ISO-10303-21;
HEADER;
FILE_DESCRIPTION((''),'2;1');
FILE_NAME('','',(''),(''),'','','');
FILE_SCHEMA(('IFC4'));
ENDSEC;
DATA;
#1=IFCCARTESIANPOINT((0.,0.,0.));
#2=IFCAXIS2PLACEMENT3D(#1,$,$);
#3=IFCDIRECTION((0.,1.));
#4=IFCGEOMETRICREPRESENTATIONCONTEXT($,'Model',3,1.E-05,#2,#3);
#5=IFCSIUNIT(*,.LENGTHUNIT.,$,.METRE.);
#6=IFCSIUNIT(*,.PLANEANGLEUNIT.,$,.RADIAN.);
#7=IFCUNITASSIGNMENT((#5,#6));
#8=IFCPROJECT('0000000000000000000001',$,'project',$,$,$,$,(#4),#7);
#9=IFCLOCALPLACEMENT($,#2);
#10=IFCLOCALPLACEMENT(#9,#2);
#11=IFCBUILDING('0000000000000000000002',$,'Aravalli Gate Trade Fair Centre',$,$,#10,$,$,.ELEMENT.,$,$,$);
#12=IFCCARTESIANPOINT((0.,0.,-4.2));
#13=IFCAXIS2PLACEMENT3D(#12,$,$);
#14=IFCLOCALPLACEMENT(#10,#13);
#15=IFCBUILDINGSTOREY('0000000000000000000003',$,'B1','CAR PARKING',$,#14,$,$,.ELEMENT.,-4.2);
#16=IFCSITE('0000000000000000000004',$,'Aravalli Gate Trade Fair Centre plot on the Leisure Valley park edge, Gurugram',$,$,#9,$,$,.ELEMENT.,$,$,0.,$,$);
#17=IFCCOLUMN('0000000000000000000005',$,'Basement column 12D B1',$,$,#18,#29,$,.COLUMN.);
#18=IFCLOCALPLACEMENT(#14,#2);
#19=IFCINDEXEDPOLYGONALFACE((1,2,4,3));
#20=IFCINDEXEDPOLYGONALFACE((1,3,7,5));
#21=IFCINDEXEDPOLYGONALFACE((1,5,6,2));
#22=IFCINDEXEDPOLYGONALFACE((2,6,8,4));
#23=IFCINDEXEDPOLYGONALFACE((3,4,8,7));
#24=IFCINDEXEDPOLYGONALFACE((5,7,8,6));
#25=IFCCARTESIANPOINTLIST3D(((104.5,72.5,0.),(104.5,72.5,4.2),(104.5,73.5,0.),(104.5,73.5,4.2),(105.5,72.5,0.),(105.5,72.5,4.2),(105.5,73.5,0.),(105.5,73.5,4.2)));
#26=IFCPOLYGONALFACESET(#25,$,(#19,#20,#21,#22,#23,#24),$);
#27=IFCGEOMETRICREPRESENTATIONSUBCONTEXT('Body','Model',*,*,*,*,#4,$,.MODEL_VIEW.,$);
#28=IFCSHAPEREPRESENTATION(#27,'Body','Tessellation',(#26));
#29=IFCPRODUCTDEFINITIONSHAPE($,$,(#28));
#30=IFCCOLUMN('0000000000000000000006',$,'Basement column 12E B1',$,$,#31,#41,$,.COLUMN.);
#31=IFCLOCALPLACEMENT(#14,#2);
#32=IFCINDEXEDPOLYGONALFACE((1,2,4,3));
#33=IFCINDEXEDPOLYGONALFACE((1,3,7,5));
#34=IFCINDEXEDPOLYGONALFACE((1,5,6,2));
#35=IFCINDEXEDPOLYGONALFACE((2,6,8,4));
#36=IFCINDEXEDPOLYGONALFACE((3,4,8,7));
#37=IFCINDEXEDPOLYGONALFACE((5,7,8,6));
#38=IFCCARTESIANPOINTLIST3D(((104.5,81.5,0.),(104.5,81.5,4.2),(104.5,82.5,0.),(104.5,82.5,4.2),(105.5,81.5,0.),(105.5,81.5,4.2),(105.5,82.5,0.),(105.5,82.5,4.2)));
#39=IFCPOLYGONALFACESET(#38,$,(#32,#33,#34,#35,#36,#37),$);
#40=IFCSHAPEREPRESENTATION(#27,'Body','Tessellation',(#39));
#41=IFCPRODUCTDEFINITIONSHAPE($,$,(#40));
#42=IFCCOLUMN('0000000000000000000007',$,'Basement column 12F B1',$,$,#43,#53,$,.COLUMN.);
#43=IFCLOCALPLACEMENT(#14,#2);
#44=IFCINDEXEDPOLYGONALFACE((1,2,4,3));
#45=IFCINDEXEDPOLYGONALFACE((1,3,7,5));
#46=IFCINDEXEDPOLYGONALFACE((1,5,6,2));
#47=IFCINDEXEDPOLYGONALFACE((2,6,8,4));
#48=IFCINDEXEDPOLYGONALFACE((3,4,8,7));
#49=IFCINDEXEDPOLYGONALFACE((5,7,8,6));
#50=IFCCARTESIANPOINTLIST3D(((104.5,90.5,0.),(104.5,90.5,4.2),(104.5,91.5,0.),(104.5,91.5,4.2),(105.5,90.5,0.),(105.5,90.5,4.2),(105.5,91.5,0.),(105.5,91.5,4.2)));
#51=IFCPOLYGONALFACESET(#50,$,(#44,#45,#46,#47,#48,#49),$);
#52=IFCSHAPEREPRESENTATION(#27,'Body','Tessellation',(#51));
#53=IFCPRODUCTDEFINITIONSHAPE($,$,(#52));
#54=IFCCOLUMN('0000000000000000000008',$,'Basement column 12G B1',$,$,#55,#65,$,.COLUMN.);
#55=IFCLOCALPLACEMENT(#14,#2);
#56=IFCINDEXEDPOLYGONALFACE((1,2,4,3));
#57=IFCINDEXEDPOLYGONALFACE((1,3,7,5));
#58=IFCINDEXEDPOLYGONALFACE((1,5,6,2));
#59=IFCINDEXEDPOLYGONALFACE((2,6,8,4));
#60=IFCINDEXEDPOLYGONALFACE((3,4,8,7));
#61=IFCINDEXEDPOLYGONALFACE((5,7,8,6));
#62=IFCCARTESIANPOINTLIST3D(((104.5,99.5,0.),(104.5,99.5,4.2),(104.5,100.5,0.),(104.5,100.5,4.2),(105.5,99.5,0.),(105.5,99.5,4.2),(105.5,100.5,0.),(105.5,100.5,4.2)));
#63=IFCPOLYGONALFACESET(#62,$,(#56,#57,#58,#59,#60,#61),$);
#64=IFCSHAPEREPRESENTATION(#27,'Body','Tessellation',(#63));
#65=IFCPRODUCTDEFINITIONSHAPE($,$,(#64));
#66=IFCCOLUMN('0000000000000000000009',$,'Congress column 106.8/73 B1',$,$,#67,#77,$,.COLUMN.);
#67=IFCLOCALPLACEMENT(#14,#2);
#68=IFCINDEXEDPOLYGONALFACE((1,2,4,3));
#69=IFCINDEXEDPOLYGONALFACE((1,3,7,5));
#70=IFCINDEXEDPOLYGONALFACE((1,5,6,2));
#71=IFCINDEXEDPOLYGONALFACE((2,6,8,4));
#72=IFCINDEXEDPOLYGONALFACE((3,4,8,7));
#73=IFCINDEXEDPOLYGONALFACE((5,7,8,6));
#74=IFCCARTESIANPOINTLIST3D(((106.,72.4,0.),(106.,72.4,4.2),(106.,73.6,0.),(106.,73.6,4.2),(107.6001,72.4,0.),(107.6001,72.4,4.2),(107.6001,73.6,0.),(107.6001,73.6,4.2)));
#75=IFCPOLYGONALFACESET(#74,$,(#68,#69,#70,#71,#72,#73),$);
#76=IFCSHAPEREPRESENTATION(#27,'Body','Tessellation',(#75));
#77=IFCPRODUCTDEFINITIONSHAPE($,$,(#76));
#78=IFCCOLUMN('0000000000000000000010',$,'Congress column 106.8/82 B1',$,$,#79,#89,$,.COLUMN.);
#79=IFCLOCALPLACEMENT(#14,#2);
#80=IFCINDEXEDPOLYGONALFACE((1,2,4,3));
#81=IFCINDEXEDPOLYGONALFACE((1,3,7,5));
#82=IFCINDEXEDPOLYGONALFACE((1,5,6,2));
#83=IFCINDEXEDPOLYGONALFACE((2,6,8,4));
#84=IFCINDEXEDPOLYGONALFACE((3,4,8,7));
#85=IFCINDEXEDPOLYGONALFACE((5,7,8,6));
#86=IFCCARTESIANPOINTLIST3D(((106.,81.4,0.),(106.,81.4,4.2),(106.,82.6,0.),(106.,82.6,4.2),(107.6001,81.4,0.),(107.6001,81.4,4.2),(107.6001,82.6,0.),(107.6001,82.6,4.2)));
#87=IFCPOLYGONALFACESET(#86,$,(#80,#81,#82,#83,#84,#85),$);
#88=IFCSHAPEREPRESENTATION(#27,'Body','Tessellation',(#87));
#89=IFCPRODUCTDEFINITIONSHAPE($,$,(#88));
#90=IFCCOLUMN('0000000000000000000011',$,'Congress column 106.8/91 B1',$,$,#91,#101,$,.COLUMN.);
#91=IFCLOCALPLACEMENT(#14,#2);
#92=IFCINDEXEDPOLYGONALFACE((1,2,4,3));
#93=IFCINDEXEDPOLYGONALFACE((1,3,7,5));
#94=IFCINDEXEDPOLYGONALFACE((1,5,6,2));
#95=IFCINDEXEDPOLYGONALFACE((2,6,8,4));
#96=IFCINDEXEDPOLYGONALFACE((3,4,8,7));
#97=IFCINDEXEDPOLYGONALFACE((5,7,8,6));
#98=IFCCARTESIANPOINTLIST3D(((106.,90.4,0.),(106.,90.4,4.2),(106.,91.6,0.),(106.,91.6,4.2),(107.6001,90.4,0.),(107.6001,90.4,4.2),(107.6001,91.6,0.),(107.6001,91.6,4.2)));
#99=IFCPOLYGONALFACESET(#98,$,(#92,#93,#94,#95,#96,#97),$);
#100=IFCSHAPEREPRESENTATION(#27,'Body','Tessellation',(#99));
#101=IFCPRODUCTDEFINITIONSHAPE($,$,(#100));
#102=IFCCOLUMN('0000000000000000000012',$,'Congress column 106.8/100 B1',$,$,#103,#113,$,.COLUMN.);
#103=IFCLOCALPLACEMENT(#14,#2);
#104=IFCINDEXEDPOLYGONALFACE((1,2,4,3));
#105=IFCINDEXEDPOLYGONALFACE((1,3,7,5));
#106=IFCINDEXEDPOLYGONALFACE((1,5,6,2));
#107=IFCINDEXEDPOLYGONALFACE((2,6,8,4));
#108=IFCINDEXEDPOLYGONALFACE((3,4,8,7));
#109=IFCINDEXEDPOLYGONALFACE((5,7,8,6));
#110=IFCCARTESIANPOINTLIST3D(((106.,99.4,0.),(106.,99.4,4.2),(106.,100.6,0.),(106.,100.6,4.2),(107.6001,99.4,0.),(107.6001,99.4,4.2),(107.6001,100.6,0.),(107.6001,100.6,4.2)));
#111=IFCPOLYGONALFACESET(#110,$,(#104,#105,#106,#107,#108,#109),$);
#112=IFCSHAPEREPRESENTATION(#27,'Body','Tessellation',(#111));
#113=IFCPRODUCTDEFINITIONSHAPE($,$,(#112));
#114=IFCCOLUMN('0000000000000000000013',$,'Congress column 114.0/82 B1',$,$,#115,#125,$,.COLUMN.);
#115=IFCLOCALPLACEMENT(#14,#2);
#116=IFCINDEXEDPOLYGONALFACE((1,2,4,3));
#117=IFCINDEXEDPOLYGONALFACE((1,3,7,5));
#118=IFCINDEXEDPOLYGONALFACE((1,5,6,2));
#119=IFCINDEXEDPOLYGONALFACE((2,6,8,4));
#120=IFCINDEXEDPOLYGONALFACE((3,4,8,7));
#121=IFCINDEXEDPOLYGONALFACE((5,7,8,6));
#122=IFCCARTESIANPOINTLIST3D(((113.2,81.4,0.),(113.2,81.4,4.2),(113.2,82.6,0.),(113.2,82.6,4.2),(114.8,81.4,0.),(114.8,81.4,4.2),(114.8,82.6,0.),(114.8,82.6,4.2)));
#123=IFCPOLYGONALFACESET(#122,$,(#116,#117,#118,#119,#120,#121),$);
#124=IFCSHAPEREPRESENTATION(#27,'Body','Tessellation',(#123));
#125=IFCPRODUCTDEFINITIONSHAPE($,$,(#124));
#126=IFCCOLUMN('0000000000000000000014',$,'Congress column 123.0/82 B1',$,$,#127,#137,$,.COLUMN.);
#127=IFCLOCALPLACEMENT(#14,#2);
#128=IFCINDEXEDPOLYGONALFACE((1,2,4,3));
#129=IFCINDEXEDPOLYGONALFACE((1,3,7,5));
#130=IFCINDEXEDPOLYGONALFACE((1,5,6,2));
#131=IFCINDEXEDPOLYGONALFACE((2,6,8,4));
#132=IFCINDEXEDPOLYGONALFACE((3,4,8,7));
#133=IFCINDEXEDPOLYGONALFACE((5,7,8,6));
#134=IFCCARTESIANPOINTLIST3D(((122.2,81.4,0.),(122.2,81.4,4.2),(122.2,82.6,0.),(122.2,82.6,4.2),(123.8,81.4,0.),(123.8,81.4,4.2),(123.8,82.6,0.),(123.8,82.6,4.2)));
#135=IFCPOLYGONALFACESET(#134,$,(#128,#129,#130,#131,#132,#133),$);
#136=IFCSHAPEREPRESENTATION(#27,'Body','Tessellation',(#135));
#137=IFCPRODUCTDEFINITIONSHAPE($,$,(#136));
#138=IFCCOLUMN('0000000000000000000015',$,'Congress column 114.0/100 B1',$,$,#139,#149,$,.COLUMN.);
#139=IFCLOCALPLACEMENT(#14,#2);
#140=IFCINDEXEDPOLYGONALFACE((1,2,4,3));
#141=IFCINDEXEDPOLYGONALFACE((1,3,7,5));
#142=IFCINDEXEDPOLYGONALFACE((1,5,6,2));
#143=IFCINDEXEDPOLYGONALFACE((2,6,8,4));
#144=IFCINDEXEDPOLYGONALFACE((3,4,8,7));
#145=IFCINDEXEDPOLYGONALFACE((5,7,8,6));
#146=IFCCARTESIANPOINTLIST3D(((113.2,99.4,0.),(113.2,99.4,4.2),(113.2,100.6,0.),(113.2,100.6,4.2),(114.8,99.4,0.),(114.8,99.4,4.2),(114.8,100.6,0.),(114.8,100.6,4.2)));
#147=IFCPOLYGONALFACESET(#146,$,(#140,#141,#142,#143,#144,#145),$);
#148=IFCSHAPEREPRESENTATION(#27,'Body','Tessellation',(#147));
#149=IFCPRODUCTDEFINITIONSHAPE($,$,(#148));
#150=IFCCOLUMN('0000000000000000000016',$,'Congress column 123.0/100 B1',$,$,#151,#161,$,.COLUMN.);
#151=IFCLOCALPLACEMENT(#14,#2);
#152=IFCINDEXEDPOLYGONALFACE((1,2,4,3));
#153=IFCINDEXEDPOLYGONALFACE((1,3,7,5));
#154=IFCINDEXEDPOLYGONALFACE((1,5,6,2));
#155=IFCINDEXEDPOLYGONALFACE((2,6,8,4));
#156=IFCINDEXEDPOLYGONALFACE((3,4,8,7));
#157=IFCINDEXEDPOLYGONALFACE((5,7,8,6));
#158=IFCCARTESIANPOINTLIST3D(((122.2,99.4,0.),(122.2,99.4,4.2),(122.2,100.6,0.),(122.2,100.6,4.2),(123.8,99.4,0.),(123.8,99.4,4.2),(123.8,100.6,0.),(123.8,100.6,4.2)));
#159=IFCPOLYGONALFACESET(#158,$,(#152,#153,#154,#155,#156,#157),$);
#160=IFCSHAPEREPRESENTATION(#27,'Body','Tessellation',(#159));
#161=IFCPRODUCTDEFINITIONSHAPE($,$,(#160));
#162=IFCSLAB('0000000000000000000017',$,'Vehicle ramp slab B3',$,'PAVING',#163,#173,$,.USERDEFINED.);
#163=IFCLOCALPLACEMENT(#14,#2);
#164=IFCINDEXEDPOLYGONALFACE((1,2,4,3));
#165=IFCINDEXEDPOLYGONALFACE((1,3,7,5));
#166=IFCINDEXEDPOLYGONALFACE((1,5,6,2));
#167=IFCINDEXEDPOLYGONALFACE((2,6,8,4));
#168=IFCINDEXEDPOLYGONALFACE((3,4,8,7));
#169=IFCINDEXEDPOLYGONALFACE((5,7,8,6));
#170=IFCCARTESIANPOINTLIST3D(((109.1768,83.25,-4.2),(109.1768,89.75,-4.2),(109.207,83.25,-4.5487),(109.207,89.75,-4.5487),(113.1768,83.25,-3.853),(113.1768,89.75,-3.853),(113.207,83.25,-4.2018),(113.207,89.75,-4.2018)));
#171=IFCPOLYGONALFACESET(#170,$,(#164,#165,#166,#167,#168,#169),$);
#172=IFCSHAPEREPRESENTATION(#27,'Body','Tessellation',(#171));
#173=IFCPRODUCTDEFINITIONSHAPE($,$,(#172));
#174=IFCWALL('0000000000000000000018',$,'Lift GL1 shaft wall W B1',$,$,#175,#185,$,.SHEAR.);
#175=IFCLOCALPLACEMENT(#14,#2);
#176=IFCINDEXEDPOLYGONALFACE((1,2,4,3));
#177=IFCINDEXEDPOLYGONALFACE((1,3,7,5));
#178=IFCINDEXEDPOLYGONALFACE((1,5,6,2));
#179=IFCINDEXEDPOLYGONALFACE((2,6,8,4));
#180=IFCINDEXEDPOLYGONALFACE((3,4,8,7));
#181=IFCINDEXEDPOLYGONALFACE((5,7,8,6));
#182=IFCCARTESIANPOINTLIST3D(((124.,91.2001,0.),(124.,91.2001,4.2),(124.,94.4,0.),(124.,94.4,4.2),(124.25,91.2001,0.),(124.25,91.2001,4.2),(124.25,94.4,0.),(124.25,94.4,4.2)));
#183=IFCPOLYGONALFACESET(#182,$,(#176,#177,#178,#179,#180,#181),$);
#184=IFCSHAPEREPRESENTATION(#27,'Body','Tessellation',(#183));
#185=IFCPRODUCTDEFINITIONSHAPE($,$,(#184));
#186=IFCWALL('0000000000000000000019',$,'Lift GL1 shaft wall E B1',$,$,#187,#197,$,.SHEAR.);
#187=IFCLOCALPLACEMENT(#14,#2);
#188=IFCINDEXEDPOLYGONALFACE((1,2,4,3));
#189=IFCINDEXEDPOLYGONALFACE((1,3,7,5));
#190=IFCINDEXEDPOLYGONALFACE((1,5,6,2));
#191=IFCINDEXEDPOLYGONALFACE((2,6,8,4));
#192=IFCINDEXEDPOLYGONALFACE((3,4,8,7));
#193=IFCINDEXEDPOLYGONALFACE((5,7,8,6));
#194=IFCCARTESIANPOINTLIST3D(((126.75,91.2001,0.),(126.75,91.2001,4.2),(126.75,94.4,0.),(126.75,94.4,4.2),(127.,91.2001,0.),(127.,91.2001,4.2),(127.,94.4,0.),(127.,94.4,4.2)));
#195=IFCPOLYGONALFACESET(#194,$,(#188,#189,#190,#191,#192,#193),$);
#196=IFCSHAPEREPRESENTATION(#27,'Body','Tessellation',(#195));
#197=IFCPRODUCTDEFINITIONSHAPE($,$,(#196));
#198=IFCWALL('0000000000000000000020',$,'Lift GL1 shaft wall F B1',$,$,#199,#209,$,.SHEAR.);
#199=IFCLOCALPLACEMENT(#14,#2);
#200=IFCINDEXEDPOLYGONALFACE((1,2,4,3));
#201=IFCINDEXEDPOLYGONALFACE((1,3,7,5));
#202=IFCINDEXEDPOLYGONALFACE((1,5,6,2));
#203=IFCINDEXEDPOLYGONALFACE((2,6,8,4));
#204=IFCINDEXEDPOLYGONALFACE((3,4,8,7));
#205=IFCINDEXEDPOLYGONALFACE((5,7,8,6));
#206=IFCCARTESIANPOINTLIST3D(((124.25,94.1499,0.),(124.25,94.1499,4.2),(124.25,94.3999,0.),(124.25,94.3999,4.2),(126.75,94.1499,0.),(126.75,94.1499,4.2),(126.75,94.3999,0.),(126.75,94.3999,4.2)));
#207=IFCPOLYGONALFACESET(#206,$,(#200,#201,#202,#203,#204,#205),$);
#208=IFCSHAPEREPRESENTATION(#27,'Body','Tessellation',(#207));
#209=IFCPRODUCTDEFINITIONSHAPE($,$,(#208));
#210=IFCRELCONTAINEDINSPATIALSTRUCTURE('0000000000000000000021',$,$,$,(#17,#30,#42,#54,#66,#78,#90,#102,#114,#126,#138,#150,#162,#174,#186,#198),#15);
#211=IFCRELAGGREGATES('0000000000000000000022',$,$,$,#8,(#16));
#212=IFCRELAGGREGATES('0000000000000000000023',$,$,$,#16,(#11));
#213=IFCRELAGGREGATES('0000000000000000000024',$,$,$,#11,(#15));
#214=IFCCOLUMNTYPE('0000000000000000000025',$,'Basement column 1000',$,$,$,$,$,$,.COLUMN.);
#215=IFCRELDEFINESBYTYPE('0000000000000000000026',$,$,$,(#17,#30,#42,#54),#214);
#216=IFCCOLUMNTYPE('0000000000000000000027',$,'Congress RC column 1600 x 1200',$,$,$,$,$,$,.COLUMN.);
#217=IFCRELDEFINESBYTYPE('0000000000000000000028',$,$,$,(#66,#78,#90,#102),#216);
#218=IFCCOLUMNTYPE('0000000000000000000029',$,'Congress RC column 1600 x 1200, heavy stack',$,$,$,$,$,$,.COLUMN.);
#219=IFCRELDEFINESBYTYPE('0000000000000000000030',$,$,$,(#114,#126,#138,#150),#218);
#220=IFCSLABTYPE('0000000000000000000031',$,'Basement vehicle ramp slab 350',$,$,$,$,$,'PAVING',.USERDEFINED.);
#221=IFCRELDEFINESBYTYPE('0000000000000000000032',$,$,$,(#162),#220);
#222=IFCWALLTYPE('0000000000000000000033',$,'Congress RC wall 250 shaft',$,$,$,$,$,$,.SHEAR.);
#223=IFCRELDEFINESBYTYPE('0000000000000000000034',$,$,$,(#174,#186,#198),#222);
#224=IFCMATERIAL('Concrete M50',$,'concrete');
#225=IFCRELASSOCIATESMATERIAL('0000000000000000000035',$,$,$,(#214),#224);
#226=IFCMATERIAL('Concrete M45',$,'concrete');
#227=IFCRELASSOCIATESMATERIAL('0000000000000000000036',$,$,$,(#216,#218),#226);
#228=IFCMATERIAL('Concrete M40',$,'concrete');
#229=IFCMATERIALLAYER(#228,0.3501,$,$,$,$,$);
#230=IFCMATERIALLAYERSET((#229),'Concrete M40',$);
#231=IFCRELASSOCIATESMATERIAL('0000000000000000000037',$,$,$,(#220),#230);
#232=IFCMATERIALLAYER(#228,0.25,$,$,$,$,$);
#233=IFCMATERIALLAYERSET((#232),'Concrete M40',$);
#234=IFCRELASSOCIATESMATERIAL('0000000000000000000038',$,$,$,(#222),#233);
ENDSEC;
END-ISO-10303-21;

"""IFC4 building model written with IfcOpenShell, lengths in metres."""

from ifc_helpers import new_model, si_unit, direction, frame, frame_2d, origin, origin_2d, place, context, subcontext, project, spatial, polyline, rectangle, outline, extrude, material, layer, layer_set, material_profile, profile_set, type_object, element, save


model = new_model("IFC4")

# Units and contexts
model_context = context("Model", 3, precision=1e-05, world=origin(), true_north=direction((0.0, 1.0)))
body_context = subcontext(model_context, "Body", "Model", "MODEL_VIEW")
ifc_project = project(units=[si_unit("LENGTHUNIT", "METRE"), si_unit("PLANEANGLEUNIT", "RADIAN")], contexts=[model_context])

# Site, building, storey
site_placement = place(None, origin())
site = spatial("IfcSite", under=ifc_project, at=site_placement, Name="Aravalli Gate Trade Fair Centre plot on the Leisure Valley park edge, Gurugram", CompositionType="ELEMENT", RefElevation=0.0)
building_placement = place(site_placement, origin())
building = spatial("IfcBuilding", under=site, at=building_placement, Name="Aravalli Gate Trade Fair Centre", CompositionType="ELEMENT")
storey_placement = place(building_placement, frame((0.0, 0.0, -4.2)))
storey = spatial("IfcBuildingStorey", under=building, at=storey_placement, Name="B1", Description="CAR PARKING", CompositionType="ELEMENT", Elevation=-4.2)

# Columns
ifc_material_1 = material(Name="Concrete M50", Category="concrete")
ifc_material_profile_1 = material_profile(ifc_material_1, rectangle(XDim=1.0, YDim=1.0, at=origin_2d()), Name="RC 1000 x 1000")
ifc_profile_set_1 = profile_set([ifc_material_profile_1], Name="Concrete M50")
column_type_1 = type_object("IfcColumnType", Name="Basement column 1000", PredefinedType="COLUMN", material=ifc_profile_set_1)
for number, where, z_axis, x_axis, name in (
    (1, (105.0, 73.0, 0.0), (0.0, 0.0, 1.0), (1.0, 0.0, 0.0), "Basement column 12D B1"),
    (2, (105.0, 82.0, 0.0), (0.0, 0.0, 1.0), (1.0, 0.0, 0.0), "Basement column 12E B1"),
    (3, (105.0, 91.0, 0.0), (0.0, 0.0, 1.0), (1.0, 0.0, 0.0), "Basement column 12F B1"),
    (4, (105.0, 100.0, 0.0), (0.0, 0.0, 1.0), (1.0, 0.0, 0.0), "Basement column 12G B1"),
):
    element("IfcColumn", number, at=place(storey_placement, frame(where, z_axis=z_axis, x_axis=x_axis)), inside=storey, type_object=column_type_1, Name=name, PredefinedType="COLUMN", context=body_context, shape_type="SweptSolid", body=[
        extrude(rectangle(XDim=1.0, YDim=1.0, at=origin_2d()), origin(), (0.0, 0.0, 1.0), 4.2),
    ])
ifc_material_2 = material(Name="Concrete M45", Category="concrete")
ifc_material_profile_2 = material_profile(ifc_material_2, rectangle(XDim=1.6001, YDim=1.2, at=origin_2d()), Name="RC 1600x1200")
ifc_profile_set_2 = profile_set([ifc_material_profile_2], Name="Concrete M45")
column_type_2 = type_object("IfcColumnType", Name="Congress RC column 1600 x 1200", PredefinedType="COLUMN", material=ifc_profile_set_2)
for number, where, z_axis, x_axis, name in (
    (5, (106.8, 73.0, 0.0), (0.0, 0.0, 1.0), (1.0, 0.0, 0.0), "Congress column 106.8/73 B1"),
    (6, (106.8, 82.0, 0.0), (0.0, 0.0, 1.0), (1.0, 0.0, 0.0), "Congress column 106.8/82 B1"),
    (7, (106.8, 91.0, 0.0), (0.0, 0.0, 1.0), (1.0, 0.0, 0.0), "Congress column 106.8/91 B1"),
    (8, (106.8, 100.0, 0.0), (0.0, 0.0, 1.0), (1.0, 0.0, 0.0), "Congress column 106.8/100 B1"),
):
    element("IfcColumn", number, at=place(storey_placement, frame(where, z_axis=z_axis, x_axis=x_axis)), inside=storey, type_object=column_type_2, Name=name, PredefinedType="COLUMN", context=body_context, shape_type="SweptSolid", body=[
        extrude(rectangle(XDim=1.6001, YDim=1.2, at=origin_2d()), origin(), (0.0, 0.0, 1.0), 4.2),
    ])
ifc_material_profile_3 = material_profile(ifc_material_2, rectangle(XDim=1.6001, YDim=1.2, at=origin_2d()), Name="RC 1600x1200")
ifc_profile_set_3 = profile_set([ifc_material_profile_3], Name="Concrete M45")
column_type_3 = type_object("IfcColumnType", Name="Congress RC column 1600 x 1200, heavy stack", PredefinedType="COLUMN", material=ifc_profile_set_3)
for number, where, z_axis, x_axis, name in (
    (9, (114.0, 82.0, 0.0), (0.0, 0.0, 1.0), (1.0, 0.0, 0.0), "Congress column 114.0/82 B1"),
    (10, (123.0, 82.0, 0.0), (0.0, 0.0, 1.0), (1.0, 0.0, 0.0), "Congress column 123.0/82 B1"),
    (11, (114.0, 100.0, 0.0), (0.0, 0.0, 1.0), (1.0, 0.0, 0.0), "Congress column 114.0/100 B1"),
    (12, (123.0, 100.0, 0.0), (0.0, 0.0, 1.0), (1.0, 0.0, 0.0), "Congress column 123.0/100 B1"),
):
    element("IfcColumn", number, at=place(storey_placement, frame(where, z_axis=z_axis, x_axis=x_axis)), inside=storey, type_object=column_type_3, Name=name, PredefinedType="COLUMN", context=body_context, shape_type="SweptSolid", body=[
        extrude(rectangle(XDim=1.6001, YDim=1.2, at=origin_2d()), origin(), (0.0, 0.0, 1.0), 4.2),
    ])

# Slab
ifc_material_3 = material(Name="Concrete M40", Category="concrete")
ifc_layer_1 = layer(ifc_material_3, 0.3501)
ifc_layer_set_1 = layer_set([ifc_layer_1], Name="Concrete M40")
slab_type = type_object("IfcSlabType", Name="Basement vehicle ramp slab 350", ElementType="PAVING", PredefinedType="USERDEFINED", material=ifc_layer_set_1)
slab_placement = place(storey_placement, frame((113.1768, 83.25, -3.853), z_axis=(-0.086407, 0.0, 0.99626), x_axis=(0.0, 1.0, 0.0)))
element("IfcSlab", 13, at=slab_placement, inside=storey, type_object=slab_type, Name="Vehicle ramp slab B3", ObjectType="PAVING", PredefinedType="USERDEFINED", context=body_context, shape_type="SweptSolid", body=[
    extrude(outline(polyline([(0.0, 0.0), (6.5, 0.0), (6.5, 4.015), (0.0, 4.015), (0.0, 0.0)])), origin(), (0.0, 0.0, -1.0), 0.3501),
])

# Walls
ifc_layer_2 = layer(ifc_material_3, 0.25)
ifc_layer_set_2 = layer_set([ifc_layer_2], Name="Concrete M40")
wall_type_1 = type_object("IfcWallType", Name="Congress RC wall 250 shaft", PredefinedType="SHEAR", material=ifc_layer_set_2)
for number, where, z_axis, x_axis, name in (
    (14, (124.125, 91.2, 0.0), (0.0, 0.0, 1.0), (0.0, 1.0, 0.0), "Lift GL1 shaft wall W B1"),
    (15, (126.875, 91.2, 0.0), (0.0, 0.0, 1.0), (0.0, 1.0, 0.0), "Lift GL1 shaft wall E B1"),
):
    element("IfcWall", number, at=place(storey_placement, frame(where, z_axis=z_axis, x_axis=x_axis)), inside=storey, type_object=wall_type_1, Name=name, PredefinedType="SHEAR", context=body_context, shape_type="SweptSolid", body=[
        extrude(rectangle(XDim=3.2, YDim=0.25, at=frame_2d((1.6001, 0.0))), origin(), (0.0, 0.0, 1.0), 4.2),
    ])
wall_1_placement = place(storey_placement, frame((124.25, 94.2749, 0.0), z_axis=(0.0, 0.0, 1.0), x_axis=(1.0, 0.0, 0.0)))
element("IfcWall", 16, at=wall_1_placement, inside=storey, type_object=wall_type_1, Name="Lift GL1 shaft wall F B1", PredefinedType="SHEAR", context=body_context, shape_type="SweptSolid", body=[
    extrude(rectangle(XDim=2.5, YDim=0.25, at=frame_2d((1.25, 0.0))), origin(), (0.0, 0.0, 1.0), 4.2),
])

save(model, "model.ifc")
